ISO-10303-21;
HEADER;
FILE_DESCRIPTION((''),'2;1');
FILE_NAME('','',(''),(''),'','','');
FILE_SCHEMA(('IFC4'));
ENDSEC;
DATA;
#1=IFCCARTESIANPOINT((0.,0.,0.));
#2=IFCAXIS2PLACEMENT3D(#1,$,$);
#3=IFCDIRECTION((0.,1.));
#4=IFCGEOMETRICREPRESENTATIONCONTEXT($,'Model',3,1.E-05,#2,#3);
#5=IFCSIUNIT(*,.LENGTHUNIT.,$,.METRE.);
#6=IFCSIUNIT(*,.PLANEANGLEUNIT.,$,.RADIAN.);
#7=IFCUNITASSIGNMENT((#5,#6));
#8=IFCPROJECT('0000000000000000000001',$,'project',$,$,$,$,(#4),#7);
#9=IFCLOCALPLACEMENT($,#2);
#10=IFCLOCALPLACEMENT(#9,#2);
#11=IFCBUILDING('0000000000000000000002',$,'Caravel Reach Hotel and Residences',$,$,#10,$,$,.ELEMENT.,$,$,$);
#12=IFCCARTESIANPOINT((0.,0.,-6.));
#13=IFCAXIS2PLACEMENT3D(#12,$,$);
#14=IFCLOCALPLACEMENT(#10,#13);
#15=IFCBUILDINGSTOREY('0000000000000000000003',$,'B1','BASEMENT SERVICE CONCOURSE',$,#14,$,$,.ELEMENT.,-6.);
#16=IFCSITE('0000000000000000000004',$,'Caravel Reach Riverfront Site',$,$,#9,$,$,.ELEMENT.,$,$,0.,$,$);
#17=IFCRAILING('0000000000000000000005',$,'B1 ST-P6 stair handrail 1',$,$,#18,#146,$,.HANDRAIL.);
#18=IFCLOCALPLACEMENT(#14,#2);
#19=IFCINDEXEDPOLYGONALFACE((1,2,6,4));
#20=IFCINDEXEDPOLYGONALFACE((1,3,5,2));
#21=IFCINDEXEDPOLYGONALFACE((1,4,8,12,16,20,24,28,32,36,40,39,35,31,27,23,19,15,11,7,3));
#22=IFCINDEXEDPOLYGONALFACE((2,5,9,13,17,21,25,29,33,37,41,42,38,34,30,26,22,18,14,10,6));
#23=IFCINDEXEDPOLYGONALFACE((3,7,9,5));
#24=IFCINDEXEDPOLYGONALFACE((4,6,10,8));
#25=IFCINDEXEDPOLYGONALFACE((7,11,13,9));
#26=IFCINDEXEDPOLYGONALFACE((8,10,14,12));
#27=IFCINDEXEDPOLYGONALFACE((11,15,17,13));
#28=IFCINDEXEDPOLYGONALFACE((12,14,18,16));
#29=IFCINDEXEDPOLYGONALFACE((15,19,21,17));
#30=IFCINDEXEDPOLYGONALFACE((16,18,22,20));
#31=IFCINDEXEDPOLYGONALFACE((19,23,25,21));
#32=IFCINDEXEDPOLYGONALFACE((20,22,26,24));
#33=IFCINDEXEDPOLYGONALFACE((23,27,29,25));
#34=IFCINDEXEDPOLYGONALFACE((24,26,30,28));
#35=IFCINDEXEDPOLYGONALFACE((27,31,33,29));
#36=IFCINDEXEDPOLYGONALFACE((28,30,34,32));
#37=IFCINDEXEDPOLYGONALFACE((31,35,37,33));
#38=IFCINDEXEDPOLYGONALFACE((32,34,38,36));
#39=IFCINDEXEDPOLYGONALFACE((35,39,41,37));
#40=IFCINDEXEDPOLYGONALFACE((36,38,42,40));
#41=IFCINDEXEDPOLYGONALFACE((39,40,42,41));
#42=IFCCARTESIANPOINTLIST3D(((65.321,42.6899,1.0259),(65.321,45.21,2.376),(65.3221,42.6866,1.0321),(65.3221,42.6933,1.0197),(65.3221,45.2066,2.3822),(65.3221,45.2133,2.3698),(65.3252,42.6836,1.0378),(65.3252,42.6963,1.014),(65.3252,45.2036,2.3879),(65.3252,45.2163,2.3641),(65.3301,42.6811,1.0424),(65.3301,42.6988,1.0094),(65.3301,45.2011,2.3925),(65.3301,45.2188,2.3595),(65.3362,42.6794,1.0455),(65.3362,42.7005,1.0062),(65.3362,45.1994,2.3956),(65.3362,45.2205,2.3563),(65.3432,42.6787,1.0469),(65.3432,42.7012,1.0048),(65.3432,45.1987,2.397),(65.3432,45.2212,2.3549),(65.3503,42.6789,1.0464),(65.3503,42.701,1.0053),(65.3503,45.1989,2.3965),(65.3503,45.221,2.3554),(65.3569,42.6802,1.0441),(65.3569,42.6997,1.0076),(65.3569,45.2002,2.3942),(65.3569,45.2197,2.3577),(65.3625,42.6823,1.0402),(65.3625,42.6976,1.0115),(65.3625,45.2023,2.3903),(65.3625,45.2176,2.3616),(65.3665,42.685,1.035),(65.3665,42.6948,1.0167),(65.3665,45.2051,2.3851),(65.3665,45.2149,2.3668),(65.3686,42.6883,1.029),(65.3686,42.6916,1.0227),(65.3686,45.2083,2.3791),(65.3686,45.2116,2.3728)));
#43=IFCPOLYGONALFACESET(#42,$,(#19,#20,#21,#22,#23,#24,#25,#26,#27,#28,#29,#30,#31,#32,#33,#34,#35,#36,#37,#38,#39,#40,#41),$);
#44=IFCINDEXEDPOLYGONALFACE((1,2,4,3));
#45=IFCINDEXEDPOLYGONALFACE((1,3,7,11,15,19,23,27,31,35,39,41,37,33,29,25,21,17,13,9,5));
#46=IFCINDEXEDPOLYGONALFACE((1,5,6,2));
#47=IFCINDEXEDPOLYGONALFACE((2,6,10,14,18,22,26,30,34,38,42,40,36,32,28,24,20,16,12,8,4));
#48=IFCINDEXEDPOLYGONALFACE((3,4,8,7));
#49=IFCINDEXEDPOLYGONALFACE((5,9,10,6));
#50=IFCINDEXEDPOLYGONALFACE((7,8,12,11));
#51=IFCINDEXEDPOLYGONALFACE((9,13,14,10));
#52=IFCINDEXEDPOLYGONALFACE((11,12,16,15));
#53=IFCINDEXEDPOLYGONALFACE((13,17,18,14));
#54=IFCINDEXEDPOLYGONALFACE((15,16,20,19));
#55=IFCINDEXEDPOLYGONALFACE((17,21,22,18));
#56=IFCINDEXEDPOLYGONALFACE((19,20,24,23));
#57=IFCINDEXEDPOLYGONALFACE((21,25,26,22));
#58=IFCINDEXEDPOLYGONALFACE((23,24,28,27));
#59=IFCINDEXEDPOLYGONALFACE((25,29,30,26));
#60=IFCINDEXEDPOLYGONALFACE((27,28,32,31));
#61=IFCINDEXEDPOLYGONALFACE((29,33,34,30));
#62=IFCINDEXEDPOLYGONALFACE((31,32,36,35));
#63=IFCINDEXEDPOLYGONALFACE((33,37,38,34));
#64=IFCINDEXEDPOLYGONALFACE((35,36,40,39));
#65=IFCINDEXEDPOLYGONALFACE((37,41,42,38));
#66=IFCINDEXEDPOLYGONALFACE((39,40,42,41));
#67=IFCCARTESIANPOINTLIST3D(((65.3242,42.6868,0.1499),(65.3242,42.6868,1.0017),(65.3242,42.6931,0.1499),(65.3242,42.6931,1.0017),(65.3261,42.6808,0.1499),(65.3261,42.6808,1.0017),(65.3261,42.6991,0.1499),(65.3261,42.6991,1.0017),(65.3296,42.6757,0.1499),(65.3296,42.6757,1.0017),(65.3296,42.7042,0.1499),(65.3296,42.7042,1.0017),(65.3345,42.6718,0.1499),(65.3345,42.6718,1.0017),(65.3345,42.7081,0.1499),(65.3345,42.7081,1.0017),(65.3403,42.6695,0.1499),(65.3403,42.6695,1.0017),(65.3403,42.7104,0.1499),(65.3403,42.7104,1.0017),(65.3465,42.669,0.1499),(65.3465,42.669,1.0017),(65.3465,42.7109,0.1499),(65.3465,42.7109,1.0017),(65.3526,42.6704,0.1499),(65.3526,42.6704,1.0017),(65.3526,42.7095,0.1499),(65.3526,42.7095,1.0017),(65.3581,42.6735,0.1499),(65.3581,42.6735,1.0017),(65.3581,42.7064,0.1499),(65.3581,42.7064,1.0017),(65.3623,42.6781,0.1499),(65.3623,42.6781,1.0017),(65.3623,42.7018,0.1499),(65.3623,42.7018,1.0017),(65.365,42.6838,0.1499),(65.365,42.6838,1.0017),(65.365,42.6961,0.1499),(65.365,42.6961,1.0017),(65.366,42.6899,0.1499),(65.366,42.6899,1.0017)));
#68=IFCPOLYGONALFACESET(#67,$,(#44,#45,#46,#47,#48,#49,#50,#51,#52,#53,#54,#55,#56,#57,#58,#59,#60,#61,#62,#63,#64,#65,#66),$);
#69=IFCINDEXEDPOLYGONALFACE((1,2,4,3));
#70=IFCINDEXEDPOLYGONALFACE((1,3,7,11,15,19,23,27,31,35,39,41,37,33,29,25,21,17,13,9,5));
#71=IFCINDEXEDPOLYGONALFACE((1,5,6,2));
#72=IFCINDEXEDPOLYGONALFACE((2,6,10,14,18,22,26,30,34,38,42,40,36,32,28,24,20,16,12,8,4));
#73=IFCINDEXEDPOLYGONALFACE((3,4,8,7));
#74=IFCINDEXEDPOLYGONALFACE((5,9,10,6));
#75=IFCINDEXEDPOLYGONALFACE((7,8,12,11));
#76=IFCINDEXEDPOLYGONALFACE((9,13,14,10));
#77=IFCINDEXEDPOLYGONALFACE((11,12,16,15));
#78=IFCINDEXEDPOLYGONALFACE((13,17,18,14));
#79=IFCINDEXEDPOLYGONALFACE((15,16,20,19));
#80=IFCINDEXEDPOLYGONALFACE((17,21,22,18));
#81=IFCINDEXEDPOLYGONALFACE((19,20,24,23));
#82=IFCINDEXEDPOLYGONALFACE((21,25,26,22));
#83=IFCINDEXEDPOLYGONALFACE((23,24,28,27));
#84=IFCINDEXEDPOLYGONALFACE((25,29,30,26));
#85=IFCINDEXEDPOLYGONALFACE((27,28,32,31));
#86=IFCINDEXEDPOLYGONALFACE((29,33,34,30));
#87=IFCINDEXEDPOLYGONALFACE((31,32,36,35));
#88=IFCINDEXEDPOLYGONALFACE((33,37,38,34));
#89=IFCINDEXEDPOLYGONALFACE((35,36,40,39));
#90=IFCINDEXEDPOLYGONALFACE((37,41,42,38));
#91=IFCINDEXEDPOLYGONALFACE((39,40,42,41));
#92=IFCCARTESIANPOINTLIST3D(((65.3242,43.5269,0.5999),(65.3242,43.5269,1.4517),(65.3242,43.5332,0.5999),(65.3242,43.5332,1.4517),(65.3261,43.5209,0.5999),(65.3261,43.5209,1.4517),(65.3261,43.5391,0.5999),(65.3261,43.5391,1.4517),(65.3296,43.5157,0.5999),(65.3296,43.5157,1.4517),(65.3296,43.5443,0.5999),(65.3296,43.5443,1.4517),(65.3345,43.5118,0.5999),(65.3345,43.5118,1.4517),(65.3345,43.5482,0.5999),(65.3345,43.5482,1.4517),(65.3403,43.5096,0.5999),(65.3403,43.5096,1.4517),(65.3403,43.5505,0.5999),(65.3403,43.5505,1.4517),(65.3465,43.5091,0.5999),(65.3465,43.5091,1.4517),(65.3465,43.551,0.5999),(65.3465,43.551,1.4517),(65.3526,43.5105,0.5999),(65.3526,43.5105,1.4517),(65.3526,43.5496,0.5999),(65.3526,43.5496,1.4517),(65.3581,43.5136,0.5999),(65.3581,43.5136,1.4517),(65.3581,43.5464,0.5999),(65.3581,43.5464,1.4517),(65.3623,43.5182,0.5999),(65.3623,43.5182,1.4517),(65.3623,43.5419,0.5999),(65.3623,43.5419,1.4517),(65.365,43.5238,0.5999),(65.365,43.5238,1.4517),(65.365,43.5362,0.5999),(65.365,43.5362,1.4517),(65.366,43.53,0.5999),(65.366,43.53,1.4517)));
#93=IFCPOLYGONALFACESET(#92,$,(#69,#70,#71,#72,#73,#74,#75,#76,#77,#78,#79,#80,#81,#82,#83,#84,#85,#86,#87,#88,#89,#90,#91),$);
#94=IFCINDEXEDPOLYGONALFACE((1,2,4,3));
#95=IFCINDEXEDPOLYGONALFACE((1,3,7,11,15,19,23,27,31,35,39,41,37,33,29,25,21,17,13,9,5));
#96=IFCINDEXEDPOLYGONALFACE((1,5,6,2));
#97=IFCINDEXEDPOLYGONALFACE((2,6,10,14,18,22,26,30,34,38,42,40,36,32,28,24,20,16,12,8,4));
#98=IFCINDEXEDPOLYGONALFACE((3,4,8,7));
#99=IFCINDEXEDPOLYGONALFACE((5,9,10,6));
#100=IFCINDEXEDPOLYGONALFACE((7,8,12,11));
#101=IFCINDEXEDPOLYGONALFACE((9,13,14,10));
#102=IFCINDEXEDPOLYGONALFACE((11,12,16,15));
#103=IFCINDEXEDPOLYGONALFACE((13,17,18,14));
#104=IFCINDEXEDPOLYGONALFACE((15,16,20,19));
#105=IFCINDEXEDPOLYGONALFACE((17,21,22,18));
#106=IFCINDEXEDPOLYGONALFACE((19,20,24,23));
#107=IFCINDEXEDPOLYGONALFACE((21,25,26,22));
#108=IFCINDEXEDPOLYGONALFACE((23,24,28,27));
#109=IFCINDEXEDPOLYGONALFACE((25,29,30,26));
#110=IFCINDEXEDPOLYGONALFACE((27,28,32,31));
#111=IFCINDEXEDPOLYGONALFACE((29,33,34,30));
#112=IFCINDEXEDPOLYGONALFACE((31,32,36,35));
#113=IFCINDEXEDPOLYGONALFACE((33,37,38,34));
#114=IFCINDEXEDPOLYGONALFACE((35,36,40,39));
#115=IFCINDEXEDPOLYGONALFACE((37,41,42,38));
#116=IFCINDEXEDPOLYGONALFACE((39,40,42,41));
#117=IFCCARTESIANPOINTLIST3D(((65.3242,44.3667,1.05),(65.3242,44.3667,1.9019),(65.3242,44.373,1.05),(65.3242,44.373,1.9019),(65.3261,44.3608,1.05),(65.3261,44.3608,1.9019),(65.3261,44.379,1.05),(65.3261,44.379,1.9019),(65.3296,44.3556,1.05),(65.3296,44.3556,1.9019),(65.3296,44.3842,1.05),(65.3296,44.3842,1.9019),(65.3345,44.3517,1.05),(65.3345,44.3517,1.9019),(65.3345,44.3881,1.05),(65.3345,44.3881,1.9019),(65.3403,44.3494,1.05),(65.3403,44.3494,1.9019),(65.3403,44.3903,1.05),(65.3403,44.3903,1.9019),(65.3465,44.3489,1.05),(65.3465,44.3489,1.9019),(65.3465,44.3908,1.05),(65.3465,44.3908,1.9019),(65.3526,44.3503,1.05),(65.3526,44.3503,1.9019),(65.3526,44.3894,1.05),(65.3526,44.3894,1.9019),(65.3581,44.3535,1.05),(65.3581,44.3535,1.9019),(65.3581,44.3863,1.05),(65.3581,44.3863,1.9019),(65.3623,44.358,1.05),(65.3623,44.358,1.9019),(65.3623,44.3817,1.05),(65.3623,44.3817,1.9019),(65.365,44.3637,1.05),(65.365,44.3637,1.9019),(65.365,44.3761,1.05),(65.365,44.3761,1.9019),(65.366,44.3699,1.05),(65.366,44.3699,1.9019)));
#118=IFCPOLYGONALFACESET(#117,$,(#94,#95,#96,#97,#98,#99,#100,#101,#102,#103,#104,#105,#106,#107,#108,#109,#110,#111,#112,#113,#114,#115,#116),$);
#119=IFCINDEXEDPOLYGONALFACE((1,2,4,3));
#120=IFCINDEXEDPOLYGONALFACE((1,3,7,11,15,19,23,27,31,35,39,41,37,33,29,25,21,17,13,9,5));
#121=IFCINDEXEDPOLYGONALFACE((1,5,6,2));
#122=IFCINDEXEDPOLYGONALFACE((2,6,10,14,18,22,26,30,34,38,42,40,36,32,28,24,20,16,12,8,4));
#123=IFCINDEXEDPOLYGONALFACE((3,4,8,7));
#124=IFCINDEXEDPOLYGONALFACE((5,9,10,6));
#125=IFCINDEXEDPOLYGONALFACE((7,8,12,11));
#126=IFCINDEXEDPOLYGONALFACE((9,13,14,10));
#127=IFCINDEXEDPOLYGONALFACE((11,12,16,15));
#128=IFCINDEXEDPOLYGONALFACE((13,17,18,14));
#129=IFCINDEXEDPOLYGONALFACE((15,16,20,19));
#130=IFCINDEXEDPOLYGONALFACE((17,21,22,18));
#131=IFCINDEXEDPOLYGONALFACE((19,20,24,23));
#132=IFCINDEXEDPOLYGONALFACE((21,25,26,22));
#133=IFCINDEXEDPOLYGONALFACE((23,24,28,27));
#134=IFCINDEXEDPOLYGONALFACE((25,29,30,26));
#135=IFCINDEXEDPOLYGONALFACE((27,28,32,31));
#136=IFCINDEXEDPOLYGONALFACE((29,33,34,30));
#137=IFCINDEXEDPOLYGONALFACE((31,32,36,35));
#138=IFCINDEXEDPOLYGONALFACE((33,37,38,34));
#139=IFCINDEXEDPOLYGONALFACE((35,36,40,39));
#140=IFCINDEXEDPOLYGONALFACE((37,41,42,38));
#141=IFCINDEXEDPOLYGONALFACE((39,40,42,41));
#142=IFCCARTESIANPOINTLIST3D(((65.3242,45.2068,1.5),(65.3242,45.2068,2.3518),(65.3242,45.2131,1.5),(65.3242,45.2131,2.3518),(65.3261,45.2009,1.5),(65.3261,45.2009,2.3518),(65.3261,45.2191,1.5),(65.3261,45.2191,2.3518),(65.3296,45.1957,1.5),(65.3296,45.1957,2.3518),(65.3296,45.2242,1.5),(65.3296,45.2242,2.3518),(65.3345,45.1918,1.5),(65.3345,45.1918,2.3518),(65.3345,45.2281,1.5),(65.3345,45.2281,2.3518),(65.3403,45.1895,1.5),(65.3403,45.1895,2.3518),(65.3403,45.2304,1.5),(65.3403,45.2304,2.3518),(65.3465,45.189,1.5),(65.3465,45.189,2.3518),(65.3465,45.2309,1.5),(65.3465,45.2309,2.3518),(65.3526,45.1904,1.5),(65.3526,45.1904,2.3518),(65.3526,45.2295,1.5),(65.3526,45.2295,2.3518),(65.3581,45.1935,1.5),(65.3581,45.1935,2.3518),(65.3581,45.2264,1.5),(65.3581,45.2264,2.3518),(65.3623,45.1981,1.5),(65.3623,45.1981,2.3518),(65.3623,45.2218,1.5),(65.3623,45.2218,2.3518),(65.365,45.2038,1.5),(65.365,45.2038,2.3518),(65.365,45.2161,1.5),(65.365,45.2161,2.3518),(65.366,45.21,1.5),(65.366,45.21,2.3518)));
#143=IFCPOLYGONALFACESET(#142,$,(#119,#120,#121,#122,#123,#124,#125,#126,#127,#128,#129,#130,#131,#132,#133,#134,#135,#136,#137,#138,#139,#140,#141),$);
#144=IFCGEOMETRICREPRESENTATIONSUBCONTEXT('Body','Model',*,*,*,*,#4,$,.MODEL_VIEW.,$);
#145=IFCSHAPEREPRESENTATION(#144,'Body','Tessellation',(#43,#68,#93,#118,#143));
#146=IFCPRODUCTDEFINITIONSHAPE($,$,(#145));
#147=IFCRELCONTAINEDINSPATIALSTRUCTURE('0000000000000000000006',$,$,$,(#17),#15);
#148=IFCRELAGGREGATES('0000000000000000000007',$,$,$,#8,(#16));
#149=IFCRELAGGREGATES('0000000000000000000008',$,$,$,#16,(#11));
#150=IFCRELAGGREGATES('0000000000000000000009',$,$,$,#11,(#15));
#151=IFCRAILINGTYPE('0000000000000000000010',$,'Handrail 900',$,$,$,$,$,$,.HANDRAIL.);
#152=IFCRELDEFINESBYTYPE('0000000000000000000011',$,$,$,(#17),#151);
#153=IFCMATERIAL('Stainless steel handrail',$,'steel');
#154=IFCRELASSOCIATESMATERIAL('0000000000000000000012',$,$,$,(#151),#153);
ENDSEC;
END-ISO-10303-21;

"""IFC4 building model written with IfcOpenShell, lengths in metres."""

from ifc_helpers import new_model, si_unit, direction, frame, origin, origin_2d, place, context, subcontext, project, spatial, circle, extrude, material, type_object, element, save


model = new_model("IFC4")

# Units and contexts
model_context = context("Model", 3, precision=1e-05, world=origin(), true_north=direction((0.0, 1.0)))
body_context = subcontext(model_context, "Body", "Model", "MODEL_VIEW")
ifc_project = project(units=[si_unit("LENGTHUNIT", "METRE"), si_unit("PLANEANGLEUNIT", "RADIAN")], contexts=[model_context])

# Site, building, storey
site_placement = place(None, origin())
site = spatial("IfcSite", under=ifc_project, at=site_placement, Name="Caravel Reach Riverfront Site", CompositionType="ELEMENT", RefElevation=0.0)
building_placement = place(site_placement, origin())
building = spatial("IfcBuilding", under=site, at=building_placement, Name="Caravel Reach Hotel and Residences", CompositionType="ELEMENT")
storey_placement = place(building_placement, frame((0.0, 0.0, -6.0)))
storey = spatial("IfcBuildingStorey", under=building, at=storey_placement, Name="B1", Description="BASEMENT SERVICE CONCOURSE", CompositionType="ELEMENT", Elevation=-6.0)

# Railing
ifc_material_1 = material(Name="Stainless steel handrail", Category="steel")
railing_type_1 = type_object("IfcRailingType", Name="Handrail 900", PredefinedType="HANDRAIL", material=ifc_material_1)
for number, where, name in (
    (1, (65.345, 42.6899, 0.1499), "B1 ST-P6 stair handrail 1"),
):
    element("IfcRailing", number, at=place(storey_placement, frame(where)), inside=storey, type_object=railing_type_1, Name=name, PredefinedType="HANDRAIL", context=body_context, shape_type="SweptSolid", body=[
        extrude(circle(Radius=0.0239, at=origin_2d()), frame((0.0, 0.0, 0.876), z_axis=(0.0, 0.881467, 0.472245), x_axis=(-1.0, 0.0, 0.0)), (0.0, 0.0, 1.0), 2.8589),
        extrude(circle(Radius=0.021, at=origin_2d()), origin(), (0.0, 0.0, 1.0), 0.8518),
        extrude(circle(Radius=0.021, at=origin_2d()), frame((0.0, 0.8401, 0.45)), (0.0, 0.0, 1.0), 0.8518),
        extrude(circle(Radius=0.021, at=origin_2d()), frame((0.0, 1.6799, 0.9001)), (0.0, 0.0, 1.0), 0.8518),
        extrude(circle(Radius=0.021, at=origin_2d()), frame((0.0, 2.52, 1.3501)), (0.0, 0.0, 1.0), 0.8518),
    ])

save(model, "model.ifc")
